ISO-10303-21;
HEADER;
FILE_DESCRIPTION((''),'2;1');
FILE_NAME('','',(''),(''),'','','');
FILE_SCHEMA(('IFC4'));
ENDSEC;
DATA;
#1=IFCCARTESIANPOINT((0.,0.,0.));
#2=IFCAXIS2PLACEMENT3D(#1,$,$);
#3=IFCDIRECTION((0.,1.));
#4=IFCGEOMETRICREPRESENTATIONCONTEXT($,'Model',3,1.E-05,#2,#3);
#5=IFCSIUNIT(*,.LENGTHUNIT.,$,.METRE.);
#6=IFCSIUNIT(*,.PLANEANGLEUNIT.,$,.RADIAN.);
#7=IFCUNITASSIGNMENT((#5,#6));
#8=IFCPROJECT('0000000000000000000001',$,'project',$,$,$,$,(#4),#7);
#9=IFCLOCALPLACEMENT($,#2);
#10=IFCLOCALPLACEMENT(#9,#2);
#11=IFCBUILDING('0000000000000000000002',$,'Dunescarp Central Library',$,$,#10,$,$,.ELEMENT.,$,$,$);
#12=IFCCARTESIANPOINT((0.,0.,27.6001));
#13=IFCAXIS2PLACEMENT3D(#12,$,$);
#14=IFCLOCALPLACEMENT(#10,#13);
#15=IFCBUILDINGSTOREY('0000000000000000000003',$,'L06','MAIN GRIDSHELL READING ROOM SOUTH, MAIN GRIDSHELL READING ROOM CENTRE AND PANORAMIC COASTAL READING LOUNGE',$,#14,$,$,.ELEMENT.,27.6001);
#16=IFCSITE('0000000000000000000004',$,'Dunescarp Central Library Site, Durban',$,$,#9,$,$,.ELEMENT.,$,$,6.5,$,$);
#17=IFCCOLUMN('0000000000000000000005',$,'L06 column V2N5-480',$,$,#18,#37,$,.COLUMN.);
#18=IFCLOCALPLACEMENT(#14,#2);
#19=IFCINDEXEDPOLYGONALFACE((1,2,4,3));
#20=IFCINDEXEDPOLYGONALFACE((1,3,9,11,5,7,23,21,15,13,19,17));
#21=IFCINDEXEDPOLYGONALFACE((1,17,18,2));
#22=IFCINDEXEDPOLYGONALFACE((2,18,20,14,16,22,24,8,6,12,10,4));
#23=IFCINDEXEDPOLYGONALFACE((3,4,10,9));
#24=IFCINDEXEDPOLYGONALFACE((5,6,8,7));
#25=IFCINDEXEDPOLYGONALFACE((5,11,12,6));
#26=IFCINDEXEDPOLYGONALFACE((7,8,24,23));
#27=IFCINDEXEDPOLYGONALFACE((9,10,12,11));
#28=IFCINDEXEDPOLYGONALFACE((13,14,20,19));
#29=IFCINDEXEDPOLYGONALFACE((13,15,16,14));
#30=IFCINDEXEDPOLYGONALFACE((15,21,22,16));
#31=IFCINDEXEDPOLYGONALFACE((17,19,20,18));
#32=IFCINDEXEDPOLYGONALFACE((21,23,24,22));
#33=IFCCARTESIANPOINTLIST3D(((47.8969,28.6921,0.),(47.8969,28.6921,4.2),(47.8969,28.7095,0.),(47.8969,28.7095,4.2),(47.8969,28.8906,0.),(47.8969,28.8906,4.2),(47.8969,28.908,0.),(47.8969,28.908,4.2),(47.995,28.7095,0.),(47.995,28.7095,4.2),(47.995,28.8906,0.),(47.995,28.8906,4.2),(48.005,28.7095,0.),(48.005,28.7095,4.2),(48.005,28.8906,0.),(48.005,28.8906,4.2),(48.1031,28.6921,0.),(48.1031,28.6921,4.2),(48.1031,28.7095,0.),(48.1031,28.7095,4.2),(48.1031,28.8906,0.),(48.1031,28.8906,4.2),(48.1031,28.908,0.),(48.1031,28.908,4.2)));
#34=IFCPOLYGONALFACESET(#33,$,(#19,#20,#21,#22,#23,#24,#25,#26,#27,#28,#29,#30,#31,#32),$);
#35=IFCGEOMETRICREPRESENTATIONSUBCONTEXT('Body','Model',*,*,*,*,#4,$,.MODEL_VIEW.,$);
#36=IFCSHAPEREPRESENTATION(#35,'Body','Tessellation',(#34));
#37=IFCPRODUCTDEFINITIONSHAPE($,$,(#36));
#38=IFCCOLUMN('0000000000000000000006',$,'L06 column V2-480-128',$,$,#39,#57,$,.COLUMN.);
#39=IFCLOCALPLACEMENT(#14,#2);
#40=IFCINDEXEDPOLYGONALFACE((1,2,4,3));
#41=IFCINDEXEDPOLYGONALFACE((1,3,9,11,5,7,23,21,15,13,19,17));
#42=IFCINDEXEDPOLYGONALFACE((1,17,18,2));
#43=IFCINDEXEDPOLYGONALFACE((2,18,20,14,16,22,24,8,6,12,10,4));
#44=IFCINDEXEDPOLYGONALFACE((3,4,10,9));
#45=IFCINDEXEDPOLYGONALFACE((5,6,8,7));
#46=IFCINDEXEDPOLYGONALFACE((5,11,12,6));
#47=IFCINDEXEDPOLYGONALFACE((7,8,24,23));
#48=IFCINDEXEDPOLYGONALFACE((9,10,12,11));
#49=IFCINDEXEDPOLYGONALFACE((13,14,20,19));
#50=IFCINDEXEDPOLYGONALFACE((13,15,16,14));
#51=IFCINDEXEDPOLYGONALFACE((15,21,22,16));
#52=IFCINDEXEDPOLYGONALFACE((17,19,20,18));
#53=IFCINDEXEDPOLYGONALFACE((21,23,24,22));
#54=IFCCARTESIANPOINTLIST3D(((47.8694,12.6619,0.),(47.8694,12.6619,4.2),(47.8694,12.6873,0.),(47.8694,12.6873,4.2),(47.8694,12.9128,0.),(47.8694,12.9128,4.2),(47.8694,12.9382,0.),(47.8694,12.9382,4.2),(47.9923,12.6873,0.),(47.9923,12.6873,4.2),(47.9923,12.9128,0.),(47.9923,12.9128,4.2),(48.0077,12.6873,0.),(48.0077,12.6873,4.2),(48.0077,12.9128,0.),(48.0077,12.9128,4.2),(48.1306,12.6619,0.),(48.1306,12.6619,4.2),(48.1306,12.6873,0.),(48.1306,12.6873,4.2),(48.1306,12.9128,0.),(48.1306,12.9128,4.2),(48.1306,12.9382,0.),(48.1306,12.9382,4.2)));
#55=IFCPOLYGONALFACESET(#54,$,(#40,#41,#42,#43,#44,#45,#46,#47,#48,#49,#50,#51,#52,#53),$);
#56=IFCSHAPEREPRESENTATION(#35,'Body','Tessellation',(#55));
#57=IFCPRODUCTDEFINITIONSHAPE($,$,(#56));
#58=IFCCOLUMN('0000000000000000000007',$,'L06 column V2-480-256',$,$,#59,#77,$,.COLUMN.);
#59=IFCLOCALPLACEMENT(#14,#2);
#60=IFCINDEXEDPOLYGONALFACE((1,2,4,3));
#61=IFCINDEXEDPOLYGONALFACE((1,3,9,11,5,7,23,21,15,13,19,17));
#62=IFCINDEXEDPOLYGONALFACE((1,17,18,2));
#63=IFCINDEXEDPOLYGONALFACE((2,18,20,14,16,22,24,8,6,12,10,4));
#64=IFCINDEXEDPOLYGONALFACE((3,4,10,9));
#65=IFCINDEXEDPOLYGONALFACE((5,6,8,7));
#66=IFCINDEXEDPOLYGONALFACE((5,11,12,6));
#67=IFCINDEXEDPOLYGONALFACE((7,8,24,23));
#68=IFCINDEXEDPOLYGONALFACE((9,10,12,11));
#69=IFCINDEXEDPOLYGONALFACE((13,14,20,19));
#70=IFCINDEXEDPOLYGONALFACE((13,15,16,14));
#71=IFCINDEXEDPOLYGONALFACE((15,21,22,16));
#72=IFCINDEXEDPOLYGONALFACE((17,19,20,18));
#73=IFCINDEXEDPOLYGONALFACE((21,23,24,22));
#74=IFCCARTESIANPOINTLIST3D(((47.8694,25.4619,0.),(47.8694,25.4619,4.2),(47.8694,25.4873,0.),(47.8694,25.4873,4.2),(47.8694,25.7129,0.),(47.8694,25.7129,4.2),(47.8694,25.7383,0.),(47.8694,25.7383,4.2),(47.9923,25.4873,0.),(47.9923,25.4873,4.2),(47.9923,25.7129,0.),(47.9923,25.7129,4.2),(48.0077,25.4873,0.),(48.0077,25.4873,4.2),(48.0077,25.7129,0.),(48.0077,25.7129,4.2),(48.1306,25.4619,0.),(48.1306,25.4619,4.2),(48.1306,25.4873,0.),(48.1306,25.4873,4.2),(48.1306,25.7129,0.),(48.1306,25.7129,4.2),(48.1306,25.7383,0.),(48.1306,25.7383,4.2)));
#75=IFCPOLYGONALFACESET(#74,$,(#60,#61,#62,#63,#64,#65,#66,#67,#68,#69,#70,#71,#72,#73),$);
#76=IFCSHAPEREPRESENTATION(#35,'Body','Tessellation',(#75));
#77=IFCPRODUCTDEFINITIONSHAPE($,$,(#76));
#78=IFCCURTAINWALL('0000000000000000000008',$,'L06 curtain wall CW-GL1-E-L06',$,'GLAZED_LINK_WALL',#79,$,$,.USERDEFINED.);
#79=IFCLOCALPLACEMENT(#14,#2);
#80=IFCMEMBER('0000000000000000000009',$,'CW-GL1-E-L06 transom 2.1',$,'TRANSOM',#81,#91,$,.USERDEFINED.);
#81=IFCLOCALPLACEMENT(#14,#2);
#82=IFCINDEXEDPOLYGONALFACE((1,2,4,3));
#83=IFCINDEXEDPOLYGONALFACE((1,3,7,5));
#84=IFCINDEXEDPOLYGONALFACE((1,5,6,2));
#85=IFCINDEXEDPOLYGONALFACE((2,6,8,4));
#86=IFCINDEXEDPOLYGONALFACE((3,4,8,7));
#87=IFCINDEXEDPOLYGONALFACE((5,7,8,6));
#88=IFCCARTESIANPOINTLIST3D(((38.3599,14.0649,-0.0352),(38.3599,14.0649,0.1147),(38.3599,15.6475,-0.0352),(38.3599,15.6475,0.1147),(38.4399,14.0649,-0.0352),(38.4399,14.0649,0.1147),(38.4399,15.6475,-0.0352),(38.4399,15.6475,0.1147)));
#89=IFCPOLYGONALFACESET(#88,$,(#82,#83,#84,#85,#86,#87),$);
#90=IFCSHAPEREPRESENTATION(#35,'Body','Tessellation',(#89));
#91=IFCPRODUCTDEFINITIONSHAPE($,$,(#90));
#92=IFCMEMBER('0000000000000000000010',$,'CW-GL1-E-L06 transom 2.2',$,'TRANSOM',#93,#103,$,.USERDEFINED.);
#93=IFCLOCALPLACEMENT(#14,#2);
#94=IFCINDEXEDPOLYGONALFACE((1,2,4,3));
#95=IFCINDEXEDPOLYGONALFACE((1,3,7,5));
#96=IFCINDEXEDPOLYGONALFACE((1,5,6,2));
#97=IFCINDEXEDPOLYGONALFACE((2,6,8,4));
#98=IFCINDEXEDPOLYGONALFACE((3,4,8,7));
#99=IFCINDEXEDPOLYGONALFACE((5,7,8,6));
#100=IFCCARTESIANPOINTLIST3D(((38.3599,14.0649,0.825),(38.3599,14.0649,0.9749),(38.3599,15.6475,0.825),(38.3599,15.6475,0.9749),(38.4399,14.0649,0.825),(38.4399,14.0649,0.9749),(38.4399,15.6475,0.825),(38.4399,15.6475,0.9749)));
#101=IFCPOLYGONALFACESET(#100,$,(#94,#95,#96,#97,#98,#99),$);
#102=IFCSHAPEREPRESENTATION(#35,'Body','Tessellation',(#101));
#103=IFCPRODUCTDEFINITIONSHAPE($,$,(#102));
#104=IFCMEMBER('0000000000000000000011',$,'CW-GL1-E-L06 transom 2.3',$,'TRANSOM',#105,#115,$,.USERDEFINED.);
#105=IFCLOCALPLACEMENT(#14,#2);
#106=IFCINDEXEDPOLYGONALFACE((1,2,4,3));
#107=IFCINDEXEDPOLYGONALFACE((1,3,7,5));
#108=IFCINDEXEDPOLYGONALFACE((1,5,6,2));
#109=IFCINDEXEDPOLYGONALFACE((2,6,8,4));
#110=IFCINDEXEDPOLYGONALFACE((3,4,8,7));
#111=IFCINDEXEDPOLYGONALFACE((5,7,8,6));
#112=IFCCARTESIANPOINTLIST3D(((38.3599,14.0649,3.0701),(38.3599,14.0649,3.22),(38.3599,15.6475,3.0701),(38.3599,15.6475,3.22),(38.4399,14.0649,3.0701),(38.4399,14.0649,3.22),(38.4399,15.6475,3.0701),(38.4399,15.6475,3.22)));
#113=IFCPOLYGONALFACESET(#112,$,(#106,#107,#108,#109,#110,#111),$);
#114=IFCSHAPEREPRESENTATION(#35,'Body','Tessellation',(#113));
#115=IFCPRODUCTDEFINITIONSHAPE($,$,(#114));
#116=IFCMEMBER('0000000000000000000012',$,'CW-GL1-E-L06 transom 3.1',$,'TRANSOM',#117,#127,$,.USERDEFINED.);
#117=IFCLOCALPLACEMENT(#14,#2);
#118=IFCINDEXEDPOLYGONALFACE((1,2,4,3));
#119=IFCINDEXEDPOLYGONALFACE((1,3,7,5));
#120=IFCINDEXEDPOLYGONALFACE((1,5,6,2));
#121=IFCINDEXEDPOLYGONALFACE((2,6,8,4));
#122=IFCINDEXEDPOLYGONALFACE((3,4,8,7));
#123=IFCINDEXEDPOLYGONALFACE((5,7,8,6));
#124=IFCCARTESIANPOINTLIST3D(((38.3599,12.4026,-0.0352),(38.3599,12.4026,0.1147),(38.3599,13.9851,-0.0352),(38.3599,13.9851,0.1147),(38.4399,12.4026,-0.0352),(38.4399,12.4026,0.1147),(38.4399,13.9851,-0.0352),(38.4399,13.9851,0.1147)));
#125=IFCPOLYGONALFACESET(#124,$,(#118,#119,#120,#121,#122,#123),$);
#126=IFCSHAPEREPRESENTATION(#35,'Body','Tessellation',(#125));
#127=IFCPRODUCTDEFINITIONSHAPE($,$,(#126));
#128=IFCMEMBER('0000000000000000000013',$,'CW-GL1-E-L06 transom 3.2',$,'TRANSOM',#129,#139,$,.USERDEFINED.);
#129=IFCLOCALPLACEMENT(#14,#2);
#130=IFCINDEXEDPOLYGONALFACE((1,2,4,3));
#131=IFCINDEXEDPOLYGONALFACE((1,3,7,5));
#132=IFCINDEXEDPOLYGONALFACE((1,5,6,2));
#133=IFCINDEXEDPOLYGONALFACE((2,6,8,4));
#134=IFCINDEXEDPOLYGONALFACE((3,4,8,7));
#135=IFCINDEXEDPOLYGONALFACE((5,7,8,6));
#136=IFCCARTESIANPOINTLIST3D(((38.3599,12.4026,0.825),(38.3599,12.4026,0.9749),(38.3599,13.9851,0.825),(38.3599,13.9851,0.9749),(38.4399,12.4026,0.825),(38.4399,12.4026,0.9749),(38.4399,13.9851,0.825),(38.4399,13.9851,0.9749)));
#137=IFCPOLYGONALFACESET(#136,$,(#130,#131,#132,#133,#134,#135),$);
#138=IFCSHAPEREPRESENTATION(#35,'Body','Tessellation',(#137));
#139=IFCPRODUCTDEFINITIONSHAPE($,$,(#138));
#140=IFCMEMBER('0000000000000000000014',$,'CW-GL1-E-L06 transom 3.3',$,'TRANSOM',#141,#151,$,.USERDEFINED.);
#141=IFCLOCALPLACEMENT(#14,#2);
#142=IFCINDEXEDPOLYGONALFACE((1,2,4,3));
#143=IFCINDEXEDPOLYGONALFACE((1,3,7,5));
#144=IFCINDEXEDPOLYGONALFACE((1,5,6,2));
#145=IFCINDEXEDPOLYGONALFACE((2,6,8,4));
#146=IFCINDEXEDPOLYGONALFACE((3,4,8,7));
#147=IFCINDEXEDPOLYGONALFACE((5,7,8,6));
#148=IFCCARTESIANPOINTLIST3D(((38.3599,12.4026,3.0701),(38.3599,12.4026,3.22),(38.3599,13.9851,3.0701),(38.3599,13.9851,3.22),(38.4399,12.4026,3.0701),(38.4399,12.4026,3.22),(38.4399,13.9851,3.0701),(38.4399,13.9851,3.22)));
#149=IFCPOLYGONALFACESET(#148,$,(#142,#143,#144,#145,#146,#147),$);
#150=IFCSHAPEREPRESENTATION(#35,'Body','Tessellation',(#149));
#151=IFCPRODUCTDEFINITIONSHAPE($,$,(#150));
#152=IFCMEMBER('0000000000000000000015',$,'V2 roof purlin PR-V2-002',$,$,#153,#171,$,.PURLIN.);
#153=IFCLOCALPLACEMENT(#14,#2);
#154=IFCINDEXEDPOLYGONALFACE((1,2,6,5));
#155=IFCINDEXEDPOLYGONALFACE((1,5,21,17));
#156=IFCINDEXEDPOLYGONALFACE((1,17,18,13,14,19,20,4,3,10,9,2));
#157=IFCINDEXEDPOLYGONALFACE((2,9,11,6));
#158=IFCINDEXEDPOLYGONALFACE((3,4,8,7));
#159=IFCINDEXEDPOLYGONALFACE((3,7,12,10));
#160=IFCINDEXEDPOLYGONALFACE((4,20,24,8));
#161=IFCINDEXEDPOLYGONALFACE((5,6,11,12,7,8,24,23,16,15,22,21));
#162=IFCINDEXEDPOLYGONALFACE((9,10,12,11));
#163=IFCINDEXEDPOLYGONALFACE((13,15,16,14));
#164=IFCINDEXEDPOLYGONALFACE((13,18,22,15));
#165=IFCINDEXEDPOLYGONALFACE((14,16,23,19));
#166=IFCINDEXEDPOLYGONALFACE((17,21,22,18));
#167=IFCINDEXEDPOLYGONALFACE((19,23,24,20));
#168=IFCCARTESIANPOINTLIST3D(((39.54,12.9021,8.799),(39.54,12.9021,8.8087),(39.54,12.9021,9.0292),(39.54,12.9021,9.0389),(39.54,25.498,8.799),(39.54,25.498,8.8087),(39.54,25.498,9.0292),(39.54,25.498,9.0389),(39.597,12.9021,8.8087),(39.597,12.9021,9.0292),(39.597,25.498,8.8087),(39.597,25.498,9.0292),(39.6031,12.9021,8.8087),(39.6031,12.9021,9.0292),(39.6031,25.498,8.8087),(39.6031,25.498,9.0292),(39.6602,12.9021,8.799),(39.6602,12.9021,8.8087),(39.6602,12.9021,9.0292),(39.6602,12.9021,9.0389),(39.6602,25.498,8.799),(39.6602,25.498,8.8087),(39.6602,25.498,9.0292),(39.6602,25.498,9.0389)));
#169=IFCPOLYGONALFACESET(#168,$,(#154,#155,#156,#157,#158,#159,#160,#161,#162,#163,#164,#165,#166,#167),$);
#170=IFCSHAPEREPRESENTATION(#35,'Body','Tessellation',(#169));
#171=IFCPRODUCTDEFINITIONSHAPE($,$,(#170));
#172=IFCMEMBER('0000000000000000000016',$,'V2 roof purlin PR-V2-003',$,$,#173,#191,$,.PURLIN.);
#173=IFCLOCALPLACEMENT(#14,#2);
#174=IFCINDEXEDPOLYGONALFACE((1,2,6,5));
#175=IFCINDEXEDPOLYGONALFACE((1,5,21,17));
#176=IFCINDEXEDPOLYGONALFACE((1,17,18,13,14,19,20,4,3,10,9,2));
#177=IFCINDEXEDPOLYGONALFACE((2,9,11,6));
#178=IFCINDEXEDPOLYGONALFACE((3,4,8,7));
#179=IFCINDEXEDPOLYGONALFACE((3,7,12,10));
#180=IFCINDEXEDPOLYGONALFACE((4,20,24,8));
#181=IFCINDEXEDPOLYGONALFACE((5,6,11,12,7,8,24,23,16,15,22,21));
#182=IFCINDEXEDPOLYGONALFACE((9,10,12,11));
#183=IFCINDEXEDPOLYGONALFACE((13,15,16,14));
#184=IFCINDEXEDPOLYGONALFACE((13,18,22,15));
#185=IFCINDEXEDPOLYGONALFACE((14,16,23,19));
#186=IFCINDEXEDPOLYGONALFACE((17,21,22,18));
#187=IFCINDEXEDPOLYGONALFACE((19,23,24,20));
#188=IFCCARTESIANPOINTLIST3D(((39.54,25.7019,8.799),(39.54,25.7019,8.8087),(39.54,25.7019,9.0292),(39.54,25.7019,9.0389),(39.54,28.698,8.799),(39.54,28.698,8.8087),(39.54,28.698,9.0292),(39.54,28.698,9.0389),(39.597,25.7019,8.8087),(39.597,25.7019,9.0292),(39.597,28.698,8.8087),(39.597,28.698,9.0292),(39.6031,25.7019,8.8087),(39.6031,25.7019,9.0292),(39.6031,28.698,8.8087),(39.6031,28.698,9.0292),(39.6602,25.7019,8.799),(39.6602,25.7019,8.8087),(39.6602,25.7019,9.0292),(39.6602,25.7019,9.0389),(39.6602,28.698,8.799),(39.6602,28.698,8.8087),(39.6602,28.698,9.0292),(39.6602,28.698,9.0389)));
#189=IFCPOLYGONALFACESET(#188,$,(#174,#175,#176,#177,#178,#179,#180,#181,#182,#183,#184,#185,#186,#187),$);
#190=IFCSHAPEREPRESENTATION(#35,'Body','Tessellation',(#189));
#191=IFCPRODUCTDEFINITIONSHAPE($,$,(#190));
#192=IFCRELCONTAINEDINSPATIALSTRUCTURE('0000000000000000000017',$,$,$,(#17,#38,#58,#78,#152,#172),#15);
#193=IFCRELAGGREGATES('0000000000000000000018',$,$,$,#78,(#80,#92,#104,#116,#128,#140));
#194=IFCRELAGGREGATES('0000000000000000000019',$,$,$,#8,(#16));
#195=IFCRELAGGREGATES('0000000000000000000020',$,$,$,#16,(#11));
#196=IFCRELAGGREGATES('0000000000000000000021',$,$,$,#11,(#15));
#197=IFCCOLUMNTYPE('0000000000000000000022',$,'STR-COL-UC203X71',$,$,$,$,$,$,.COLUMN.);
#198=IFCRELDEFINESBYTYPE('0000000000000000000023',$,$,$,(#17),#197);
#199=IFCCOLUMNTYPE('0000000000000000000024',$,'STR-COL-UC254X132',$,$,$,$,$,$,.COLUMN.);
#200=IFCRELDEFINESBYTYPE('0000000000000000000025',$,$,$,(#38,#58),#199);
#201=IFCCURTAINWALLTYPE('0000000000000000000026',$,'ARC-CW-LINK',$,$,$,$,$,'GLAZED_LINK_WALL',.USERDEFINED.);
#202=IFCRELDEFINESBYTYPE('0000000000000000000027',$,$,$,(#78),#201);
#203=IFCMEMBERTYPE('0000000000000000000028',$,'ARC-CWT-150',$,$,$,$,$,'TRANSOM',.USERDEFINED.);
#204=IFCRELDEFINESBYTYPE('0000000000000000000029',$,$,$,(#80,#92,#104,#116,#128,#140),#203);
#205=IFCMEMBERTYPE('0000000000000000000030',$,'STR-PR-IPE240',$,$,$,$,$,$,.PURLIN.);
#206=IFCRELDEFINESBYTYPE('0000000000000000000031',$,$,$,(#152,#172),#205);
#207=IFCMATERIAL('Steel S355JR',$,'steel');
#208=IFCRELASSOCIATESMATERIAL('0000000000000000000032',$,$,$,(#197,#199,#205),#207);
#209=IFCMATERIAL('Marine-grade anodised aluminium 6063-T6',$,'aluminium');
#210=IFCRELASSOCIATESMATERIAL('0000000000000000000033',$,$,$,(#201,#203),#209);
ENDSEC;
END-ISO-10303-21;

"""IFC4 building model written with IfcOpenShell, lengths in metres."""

from ifc_helpers import new_model, si_unit, direction, frame, origin, origin_2d, place, context, subcontext, project, spatial, rectangle, i_section, extrude, material, material_profile, profile_set, type_object, element, aggregate, save


model = new_model("IFC4")

# Units and contexts
model_context = context("Model", 3, precision=1e-05, world=origin(), true_north=direction((0.0, 1.0)))
body_context = subcontext(model_context, "Body", "Model", "MODEL_VIEW")
ifc_project = project(units=[si_unit("LENGTHUNIT", "METRE"), si_unit("PLANEANGLEUNIT", "RADIAN")], contexts=[model_context])

# Site, building, storey
site_placement = place(None, origin())
site = spatial("IfcSite", under=ifc_project, at=site_placement, Name="Dunescarp Central Library Site, Durban", CompositionType="ELEMENT", RefElevation=6.5)
building_placement = place(site_placement, origin())
building = spatial("IfcBuilding", under=site, at=building_placement, Name="Dunescarp Central Library", CompositionType="ELEMENT")
storey_placement = place(building_placement, frame((0.0, 0.0, 27.6001)))
storey = spatial("IfcBuildingStorey", under=building, at=storey_placement, Name="L06", Description="MAIN GRIDSHELL READING ROOM SOUTH, MAIN GRIDSHELL READING ROOM CENTRE AND PANORAMIC COASTAL READING LOUNGE", CompositionType="ELEMENT", Elevation=27.6001)

# Columns
ifc_material_1 = material(Name="Steel S355JR", Category="steel")
ifc_material_profile_1 = material_profile(ifc_material_1, i_section(OverallWidth=0.2063, OverallDepth=0.2158, WebThickness=0.01, FlangeThickness=0.0173, at=origin_2d()), Name="UC 203x203x71")
ifc_profile_set_1 = profile_set([ifc_material_profile_1], Name="Steel S355JR")
column_type_1 = type_object("IfcColumnType", Name="STR-COL-UC203X71", PredefinedType="COLUMN", material=ifc_profile_set_1)
column_placement = place(storey_placement, frame((48.0, 28.8, 0.0), z_axis=(0.0, 0.0, 1.0), x_axis=(1.0, 0.0, 0.0)))
element("IfcColumn", 1, at=column_placement, inside=storey, type_object=column_type_1, Name="L06 column V2N5-480", PredefinedType="COLUMN", context=body_context, shape_type="SweptSolid", body=[
    extrude(i_section(OverallWidth=0.2063, OverallDepth=0.2158, WebThickness=0.01, FlangeThickness=0.0173, at=origin_2d()), origin(), (0.0, 0.0, 1.0), 4.2),
])
ifc_material_profile_2 = material_profile(ifc_material_1, i_section(OverallWidth=0.2612, OverallDepth=0.2764, WebThickness=0.0154, FlangeThickness=0.0254, at=origin_2d()), Name="UC 254x254x132")
ifc_profile_set_2 = profile_set([ifc_material_profile_2], Name="Steel S355JR")
column_type_2 = type_object("IfcColumnType", Name="STR-COL-UC254X132", PredefinedType="COLUMN", material=ifc_profile_set_2)
for number, where, z_axis, x_axis, name in (
    (2, (48.0, 12.8, 0.0), (0.0, 0.0, 1.0), (1.0, 0.0, 0.0), "L06 column V2-480-128"),
    (3, (48.0, 25.6001, 0.0), (0.0, 0.0, 1.0), (1.0, 0.0, 0.0), "L06 column V2-480-256"),
):
    element("IfcColumn", number, at=place(storey_placement, frame(where, z_axis=z_axis, x_axis=x_axis)), inside=storey, type_object=column_type_2, Name=name, PredefinedType="COLUMN", context=body_context, shape_type="SweptSolid", body=[
        extrude(i_section(OverallWidth=0.2612, OverallDepth=0.2764, WebThickness=0.0154, FlangeThickness=0.0254, at=origin_2d()), origin(), (0.0, 0.0, 1.0), 4.2),
    ])

# Curtain wall, members
ifc_material_2 = material(Name="Marine-grade anodised aluminium 6063-T6", Category="aluminium")
curtain_wall_type = type_object("IfcCurtainWallType", Name="ARC-CW-LINK", ElementType="GLAZED_LINK_WALL", PredefinedType="USERDEFINED", material=ifc_material_2)
curtain_wall_placement = place(storey_placement, origin())
curtain_wall = element("IfcCurtainWall", 4, at=curtain_wall_placement, inside=storey, type_object=curtain_wall_type, Name="L06 curtain wall CW-GL1-E-L06", ObjectType="GLAZED_LINK_WALL", PredefinedType="USERDEFINED")
ifc_material_profile_3 = material_profile(ifc_material_2, rectangle(XDim=0.0801, YDim=0.1499, at=origin_2d()), Name="AL 80x150")
ifc_profile_set_3 = profile_set([ifc_material_profile_3], Name="Marine-grade anodised aluminium 6063-T6")
member_type_1 = type_object("IfcMemberType", Name="ARC-CWT-150", ElementType="TRANSOM", PredefinedType="USERDEFINED", material=ifc_profile_set_3)
member_1_placement = place(storey_placement, frame((38.3999, 15.6475, 0.0398), z_axis=(0.0, -1.0, 0.0), x_axis=(1.0, 0.0, 0.0)))
member_1 = element("IfcMember", 5, at=member_1_placement, type_object=member_type_1, Name="CW-GL1-E-L06 transom 2.1", ObjectType="TRANSOM", PredefinedType="USERDEFINED", context=body_context, shape_type="SweptSolid", body=[
    extrude(rectangle(XDim=0.0801, YDim=0.1499, at=origin_2d()), origin(), (0.0, 0.0, 1.0), 1.5825),
])
member_2_placement = place(storey_placement, frame((38.3999, 15.6475, 0.8999), z_axis=(0.0, -1.0, 0.0), x_axis=(1.0, 0.0, 0.0)))
member_2 = element("IfcMember", 6, at=member_2_placement, type_object=member_type_1, Name="CW-GL1-E-L06 transom 2.2", ObjectType="TRANSOM", PredefinedType="USERDEFINED", context=body_context, shape_type="SweptSolid", body=[
    extrude(rectangle(XDim=0.0801, YDim=0.1499, at=origin_2d()), origin(), (0.0, 0.0, 1.0), 1.5825),
])
member_3_placement = place(storey_placement, frame((38.3999, 15.6475, 3.145), z_axis=(0.0, -1.0, 0.0), x_axis=(1.0, 0.0, 0.0)))
member_3 = element("IfcMember", 7, at=member_3_placement, type_object=member_type_1, Name="CW-GL1-E-L06 transom 2.3", ObjectType="TRANSOM", PredefinedType="USERDEFINED", context=body_context, shape_type="SweptSolid", body=[
    extrude(rectangle(XDim=0.0801, YDim=0.1499, at=origin_2d()), origin(), (0.0, 0.0, 1.0), 1.5825),
])
member_4_placement = place(storey_placement, frame((38.3999, 13.9851, 0.0398), z_axis=(0.0, -1.0, 0.0), x_axis=(1.0, 0.0, 0.0)))
member_4 = element("IfcMember", 8, at=member_4_placement, type_object=member_type_1, Name="CW-GL1-E-L06 transom 3.1", ObjectType="TRANSOM", PredefinedType="USERDEFINED", context=body_context, shape_type="SweptSolid", body=[
    extrude(rectangle(XDim=0.0801, YDim=0.1499, at=origin_2d()), origin(), (0.0, 0.0, 1.0), 1.5825),
])
member_5_placement = place(storey_placement, frame((38.3999, 13.9851, 0.8999), z_axis=(0.0, -1.0, 0.0), x_axis=(1.0, 0.0, 0.0)))
member_5 = element("IfcMember", 9, at=member_5_placement, type_object=member_type_1, Name="CW-GL1-E-L06 transom 3.2", ObjectType="TRANSOM", PredefinedType="USERDEFINED", context=body_context, shape_type="SweptSolid", body=[
    extrude(rectangle(XDim=0.0801, YDim=0.1499, at=origin_2d()), origin(), (0.0, 0.0, 1.0), 1.5825),
])
member_6_placement = place(storey_placement, frame((38.3999, 13.9851, 3.145), z_axis=(0.0, -1.0, 0.0), x_axis=(1.0, 0.0, 0.0)))
member_6 = element("IfcMember", 10, at=member_6_placement, type_object=member_type_1, Name="CW-GL1-E-L06 transom 3.3", ObjectType="TRANSOM", PredefinedType="USERDEFINED", context=body_context, shape_type="SweptSolid", body=[
    extrude(rectangle(XDim=0.0801, YDim=0.1499, at=origin_2d()), origin(), (0.0, 0.0, 1.0), 1.5825),
])

# Members
ifc_material_profile_4 = material_profile(ifc_material_1, i_section(OverallWidth=0.1201, OverallDepth=0.24, WebThickness=0.0061, FlangeThickness=0.0098, at=origin_2d()), Name="IPE 240")
ifc_profile_set_4 = profile_set([ifc_material_profile_4], Name="Steel S355JR")
member_type_2 = type_object("IfcMemberType", Name="STR-PR-IPE240", PredefinedType="PURLIN", material=ifc_profile_set_4)
member_7_placement = place(storey_placement, frame((39.6001, 12.9021, 8.9189), z_axis=(0.0, 1.0, 0.0), x_axis=(-1.0, 0.0, 0.0)))
element("IfcMember", 11, at=member_7_placement, inside=storey, type_object=member_type_2, Name="V2 roof purlin PR-V2-002", PredefinedType="PURLIN", context=body_context, shape_type="SweptSolid", body=[
    extrude(i_section(OverallWidth=0.1201, OverallDepth=0.24, WebThickness=0.0061, FlangeThickness=0.0098, at=origin_2d()), origin(), (0.0, 0.0, 1.0), 12.5959),
])
member_8_placement = place(storey_placement, frame((39.6001, 25.7019, 8.9189), z_axis=(0.0, 1.0, 0.0), x_axis=(-1.0, 0.0, 0.0)))
element("IfcMember", 12, at=member_8_placement, inside=storey, type_object=member_type_2, Name="V2 roof purlin PR-V2-003", PredefinedType="PURLIN", context=body_context, shape_type="SweptSolid", body=[
    extrude(i_section(OverallWidth=0.1201, OverallDepth=0.24, WebThickness=0.0061, FlangeThickness=0.0098, at=origin_2d()), origin(), (0.0, 0.0, 1.0), 2.9961),
])

aggregate(curtain_wall, [member_1, member_2, member_3, member_4, member_5, member_6])

save(model, "model.ifc")
